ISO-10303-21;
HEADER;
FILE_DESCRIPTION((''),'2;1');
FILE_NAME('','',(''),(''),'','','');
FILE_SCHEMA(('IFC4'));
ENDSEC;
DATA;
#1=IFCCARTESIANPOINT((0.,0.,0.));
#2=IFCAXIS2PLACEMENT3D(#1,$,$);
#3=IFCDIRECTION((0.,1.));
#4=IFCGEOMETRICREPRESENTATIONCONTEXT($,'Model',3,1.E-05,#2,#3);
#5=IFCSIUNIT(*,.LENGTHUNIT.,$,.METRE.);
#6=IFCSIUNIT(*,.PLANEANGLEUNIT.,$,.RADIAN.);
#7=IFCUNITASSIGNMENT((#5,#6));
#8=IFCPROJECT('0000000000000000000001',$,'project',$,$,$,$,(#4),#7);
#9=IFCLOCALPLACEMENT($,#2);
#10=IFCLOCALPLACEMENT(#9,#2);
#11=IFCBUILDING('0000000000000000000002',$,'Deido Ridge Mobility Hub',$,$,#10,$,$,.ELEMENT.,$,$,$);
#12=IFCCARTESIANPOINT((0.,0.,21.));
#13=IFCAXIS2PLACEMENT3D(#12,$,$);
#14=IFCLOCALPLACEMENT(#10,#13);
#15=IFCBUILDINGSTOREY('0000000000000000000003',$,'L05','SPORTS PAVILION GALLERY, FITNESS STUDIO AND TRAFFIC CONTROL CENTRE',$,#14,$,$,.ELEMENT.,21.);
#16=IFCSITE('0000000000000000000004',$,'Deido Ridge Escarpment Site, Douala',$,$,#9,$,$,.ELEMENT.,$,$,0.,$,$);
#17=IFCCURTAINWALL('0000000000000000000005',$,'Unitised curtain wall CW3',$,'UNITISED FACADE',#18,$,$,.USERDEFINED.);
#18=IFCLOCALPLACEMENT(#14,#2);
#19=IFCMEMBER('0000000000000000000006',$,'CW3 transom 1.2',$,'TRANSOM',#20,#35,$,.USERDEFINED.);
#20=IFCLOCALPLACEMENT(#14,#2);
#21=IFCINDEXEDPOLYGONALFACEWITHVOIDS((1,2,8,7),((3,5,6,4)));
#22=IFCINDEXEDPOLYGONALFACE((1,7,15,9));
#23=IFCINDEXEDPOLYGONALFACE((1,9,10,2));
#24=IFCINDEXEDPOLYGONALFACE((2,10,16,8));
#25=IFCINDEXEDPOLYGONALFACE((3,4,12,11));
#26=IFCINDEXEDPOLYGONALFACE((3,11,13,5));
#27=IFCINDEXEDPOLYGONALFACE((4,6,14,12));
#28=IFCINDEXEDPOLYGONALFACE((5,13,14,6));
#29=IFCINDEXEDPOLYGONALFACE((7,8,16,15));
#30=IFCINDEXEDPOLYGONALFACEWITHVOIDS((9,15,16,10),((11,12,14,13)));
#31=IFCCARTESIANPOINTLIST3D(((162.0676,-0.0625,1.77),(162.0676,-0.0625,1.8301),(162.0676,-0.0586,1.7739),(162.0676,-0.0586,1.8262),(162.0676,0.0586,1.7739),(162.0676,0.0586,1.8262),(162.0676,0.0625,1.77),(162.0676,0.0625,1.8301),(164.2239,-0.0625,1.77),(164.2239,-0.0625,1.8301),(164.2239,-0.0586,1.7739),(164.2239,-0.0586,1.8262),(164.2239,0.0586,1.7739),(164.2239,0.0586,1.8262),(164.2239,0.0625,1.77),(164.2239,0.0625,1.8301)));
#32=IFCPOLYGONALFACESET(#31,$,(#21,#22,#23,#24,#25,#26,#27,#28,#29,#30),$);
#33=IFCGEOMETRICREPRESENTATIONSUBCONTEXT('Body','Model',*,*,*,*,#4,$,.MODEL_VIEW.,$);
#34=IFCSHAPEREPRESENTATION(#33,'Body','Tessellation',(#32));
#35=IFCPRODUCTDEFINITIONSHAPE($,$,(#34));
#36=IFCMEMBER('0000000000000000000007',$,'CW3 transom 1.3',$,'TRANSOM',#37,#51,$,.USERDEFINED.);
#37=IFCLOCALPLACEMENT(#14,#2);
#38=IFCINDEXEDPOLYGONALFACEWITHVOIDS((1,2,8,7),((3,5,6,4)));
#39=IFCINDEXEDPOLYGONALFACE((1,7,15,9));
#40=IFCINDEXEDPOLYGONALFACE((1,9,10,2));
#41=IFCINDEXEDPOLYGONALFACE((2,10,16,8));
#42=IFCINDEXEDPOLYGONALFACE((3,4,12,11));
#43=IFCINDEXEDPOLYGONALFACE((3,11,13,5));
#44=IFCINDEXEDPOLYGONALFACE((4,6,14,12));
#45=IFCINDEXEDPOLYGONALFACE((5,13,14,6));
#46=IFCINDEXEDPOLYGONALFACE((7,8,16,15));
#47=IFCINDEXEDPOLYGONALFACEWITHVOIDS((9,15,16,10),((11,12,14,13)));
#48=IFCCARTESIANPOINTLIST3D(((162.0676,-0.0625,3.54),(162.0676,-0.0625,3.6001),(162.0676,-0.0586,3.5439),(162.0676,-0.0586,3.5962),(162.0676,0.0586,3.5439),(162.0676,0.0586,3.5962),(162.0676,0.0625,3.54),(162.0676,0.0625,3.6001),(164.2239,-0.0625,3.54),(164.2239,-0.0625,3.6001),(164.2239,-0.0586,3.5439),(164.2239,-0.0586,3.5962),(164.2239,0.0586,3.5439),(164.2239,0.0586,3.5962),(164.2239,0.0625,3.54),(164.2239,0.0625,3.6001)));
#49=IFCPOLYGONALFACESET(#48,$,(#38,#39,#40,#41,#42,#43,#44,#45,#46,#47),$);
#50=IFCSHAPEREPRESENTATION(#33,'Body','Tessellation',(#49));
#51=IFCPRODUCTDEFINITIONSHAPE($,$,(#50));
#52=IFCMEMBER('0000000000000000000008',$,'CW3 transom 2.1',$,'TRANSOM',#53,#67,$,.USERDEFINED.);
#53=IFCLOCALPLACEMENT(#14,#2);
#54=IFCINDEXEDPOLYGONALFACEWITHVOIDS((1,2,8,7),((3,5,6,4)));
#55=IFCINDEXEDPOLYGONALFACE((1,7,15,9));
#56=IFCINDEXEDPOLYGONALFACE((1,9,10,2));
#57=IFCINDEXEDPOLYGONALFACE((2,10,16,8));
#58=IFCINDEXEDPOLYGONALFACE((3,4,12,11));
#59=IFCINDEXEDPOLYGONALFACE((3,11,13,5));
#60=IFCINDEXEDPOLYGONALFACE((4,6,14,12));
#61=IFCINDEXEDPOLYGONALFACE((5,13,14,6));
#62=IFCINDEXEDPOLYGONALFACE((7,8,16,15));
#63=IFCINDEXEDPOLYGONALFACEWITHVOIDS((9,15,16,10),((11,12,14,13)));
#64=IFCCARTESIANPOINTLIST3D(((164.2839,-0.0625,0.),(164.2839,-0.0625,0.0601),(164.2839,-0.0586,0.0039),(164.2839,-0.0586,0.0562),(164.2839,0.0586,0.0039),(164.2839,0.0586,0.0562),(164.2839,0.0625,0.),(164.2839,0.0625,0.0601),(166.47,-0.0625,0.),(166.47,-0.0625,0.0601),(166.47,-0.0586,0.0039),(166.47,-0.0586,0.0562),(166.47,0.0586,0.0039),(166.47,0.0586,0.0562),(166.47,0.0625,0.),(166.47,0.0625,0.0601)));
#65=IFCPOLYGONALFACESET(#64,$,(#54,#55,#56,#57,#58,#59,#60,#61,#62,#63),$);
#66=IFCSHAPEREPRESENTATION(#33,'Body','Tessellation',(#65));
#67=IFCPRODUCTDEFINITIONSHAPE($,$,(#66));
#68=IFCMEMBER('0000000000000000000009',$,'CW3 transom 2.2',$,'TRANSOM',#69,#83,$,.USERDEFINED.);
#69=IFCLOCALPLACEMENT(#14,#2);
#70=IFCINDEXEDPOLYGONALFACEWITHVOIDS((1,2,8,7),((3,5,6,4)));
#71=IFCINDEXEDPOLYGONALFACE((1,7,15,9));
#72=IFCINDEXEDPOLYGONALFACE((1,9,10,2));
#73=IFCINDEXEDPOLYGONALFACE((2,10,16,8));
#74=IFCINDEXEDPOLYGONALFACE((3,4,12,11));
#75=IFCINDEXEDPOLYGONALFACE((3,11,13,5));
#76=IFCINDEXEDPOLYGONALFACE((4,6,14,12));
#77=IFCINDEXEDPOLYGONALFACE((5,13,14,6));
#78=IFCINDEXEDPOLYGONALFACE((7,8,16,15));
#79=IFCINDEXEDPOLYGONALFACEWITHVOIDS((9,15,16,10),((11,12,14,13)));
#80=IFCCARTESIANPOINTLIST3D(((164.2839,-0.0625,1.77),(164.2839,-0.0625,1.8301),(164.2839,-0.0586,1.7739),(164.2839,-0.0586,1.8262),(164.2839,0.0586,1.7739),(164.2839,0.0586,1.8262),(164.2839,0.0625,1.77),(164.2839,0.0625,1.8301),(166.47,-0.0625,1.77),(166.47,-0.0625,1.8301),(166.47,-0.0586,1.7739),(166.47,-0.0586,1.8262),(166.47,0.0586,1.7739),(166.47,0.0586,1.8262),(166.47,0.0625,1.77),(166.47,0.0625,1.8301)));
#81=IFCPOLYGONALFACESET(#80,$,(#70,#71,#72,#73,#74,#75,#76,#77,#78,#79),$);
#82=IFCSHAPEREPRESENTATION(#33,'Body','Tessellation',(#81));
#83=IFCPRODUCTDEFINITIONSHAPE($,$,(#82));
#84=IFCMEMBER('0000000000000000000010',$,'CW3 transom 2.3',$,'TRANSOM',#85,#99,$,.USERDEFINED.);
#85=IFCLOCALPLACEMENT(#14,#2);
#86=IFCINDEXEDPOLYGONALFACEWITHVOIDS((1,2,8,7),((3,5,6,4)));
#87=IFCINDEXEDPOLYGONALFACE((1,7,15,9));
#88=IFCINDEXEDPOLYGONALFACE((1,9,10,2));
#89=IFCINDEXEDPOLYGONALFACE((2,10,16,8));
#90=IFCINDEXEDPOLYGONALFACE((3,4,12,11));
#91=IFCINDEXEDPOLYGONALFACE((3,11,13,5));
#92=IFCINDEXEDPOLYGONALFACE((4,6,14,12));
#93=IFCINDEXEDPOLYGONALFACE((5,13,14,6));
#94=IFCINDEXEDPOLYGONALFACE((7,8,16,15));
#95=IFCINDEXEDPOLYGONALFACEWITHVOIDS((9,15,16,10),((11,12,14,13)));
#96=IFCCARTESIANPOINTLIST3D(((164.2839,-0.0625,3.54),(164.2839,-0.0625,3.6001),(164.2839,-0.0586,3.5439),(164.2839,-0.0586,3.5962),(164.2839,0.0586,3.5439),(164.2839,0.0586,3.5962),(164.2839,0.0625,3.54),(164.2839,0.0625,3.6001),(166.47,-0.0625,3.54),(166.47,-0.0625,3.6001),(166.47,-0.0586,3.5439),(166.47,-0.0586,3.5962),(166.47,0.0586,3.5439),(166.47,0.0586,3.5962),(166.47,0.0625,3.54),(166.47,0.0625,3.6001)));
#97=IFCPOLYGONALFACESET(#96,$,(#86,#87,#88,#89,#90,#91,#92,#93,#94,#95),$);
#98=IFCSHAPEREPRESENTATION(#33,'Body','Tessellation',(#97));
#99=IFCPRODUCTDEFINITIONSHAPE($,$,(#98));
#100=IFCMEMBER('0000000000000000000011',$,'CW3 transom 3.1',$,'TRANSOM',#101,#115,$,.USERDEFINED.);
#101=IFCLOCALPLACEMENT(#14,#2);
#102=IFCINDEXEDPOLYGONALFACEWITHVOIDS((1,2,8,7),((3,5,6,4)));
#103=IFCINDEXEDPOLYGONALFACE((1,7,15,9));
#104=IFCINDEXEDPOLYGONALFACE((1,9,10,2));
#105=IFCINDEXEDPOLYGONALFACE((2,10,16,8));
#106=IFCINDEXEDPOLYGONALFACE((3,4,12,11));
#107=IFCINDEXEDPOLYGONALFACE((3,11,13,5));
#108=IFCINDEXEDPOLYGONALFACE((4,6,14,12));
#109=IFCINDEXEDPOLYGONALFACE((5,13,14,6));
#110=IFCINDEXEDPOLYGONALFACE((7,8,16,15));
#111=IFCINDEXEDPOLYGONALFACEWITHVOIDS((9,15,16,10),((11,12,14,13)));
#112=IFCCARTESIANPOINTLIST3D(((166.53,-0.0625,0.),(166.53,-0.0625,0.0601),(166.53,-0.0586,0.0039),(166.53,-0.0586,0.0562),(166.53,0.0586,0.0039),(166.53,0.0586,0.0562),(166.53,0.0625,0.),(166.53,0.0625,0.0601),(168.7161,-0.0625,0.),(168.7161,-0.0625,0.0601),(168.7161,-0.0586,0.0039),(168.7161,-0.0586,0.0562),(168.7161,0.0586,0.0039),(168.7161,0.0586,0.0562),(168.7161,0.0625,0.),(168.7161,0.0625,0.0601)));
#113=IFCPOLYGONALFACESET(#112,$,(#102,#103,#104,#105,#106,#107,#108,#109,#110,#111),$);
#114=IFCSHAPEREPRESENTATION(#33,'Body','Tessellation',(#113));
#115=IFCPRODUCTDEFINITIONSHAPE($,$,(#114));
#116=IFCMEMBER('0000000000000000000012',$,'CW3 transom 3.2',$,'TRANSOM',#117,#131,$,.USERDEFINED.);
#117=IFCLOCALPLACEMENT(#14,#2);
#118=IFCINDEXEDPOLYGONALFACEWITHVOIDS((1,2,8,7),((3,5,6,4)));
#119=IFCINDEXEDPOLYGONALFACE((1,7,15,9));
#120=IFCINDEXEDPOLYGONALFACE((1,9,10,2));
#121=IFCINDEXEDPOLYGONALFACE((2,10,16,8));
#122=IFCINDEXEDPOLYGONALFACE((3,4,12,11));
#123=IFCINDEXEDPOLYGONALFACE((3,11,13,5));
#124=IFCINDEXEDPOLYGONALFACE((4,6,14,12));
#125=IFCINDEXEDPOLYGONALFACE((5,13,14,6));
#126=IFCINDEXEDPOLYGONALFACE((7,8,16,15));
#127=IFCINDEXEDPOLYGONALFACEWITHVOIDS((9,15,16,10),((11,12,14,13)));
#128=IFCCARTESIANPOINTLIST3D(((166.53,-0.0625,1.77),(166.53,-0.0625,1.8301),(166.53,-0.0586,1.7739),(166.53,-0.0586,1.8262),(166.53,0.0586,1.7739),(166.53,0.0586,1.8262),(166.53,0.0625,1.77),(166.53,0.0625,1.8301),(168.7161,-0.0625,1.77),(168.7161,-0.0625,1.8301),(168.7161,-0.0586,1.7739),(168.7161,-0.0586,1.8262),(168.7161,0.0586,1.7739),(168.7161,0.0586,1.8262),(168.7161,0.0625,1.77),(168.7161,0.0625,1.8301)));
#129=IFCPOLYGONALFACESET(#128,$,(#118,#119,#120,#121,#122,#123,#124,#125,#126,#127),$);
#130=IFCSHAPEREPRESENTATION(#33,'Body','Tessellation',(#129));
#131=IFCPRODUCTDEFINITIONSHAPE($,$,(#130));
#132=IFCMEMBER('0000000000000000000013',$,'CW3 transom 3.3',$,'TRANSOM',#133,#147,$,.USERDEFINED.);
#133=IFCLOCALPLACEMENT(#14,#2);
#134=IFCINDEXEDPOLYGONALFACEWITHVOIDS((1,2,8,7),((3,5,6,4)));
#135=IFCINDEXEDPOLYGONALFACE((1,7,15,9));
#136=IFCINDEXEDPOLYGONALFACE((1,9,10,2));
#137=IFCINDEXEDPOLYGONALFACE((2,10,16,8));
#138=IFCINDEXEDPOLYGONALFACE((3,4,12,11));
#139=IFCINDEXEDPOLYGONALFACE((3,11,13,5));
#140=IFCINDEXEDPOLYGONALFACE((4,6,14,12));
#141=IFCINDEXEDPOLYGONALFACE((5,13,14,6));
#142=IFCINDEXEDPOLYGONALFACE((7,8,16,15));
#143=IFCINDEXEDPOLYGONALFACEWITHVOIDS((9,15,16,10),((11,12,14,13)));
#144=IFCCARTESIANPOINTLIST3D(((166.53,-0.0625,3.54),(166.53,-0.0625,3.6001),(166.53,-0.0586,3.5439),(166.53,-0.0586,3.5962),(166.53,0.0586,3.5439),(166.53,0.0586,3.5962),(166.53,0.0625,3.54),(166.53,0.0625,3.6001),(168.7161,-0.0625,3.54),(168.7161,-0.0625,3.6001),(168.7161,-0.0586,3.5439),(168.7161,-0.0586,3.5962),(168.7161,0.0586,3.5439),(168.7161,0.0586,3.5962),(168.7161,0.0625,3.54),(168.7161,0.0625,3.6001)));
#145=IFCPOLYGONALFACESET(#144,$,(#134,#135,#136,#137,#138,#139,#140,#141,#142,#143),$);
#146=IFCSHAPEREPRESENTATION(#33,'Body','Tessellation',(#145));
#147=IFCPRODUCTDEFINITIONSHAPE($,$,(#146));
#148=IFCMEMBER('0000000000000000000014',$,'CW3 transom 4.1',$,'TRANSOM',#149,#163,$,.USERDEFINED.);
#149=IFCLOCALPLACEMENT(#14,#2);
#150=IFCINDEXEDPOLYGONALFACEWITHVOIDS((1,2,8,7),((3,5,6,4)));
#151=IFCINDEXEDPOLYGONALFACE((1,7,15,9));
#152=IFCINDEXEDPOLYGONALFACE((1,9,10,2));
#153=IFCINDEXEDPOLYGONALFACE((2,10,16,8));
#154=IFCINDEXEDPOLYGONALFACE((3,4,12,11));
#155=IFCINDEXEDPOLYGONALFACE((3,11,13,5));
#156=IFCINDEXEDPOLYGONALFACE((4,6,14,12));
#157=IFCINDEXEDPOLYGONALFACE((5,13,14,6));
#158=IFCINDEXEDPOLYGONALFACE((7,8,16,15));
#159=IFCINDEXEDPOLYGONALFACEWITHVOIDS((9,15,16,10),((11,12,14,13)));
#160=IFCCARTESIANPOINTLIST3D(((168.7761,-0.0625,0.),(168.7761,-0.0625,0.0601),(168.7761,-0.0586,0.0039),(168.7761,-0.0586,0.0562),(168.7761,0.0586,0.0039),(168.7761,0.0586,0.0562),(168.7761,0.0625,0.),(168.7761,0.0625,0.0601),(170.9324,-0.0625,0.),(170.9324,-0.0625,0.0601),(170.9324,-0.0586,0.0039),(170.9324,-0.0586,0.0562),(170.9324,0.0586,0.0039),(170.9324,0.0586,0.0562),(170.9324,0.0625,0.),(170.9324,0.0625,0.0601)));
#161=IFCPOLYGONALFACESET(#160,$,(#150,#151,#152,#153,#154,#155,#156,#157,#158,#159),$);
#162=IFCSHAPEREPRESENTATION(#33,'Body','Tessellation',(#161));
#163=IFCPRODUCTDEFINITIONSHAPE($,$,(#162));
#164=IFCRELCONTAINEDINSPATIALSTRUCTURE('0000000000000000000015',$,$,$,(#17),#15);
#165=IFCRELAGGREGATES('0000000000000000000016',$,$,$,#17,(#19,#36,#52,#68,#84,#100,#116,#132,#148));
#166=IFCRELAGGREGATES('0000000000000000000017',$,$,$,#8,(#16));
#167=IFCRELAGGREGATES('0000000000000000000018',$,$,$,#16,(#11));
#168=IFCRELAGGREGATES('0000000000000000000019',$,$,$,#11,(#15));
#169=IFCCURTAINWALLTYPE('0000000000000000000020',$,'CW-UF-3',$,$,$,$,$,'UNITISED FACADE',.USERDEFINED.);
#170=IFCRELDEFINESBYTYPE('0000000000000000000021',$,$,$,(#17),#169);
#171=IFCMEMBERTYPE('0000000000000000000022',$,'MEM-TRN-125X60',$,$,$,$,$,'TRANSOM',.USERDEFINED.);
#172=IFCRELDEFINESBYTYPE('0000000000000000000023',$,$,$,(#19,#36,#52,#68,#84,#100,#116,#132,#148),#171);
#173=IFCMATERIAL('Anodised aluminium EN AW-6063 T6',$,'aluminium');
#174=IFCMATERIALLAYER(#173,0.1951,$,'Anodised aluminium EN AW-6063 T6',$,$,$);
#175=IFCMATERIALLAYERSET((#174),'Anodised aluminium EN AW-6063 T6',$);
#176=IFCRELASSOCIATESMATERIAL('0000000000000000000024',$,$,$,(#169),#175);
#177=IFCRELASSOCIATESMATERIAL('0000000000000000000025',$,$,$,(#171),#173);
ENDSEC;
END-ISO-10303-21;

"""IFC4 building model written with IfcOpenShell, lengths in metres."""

from ifc_helpers import new_model, si_unit, direction, frame, origin, origin_2d, place, context, subcontext, project, spatial, hollow_rectangle, extrude, material, layer, layer_set, material_profile, profile_set, type_object, element, aggregate, save


model = new_model("IFC4")

# Units and contexts
model_context = context("Model", 3, precision=1e-05, world=origin(), true_north=direction((0.0, 1.0)))
body_context = subcontext(model_context, "Body", "Model", "MODEL_VIEW")
ifc_project = project(units=[si_unit("LENGTHUNIT", "METRE"), si_unit("PLANEANGLEUNIT", "RADIAN")], contexts=[model_context])

# Site, building, storey
site_placement = place(None, origin())
site = spatial("IfcSite", under=ifc_project, at=site_placement, Name="Deido Ridge Escarpment Site, Douala", CompositionType="ELEMENT", RefElevation=0.0)
building_placement = place(site_placement, origin())
building = spatial("IfcBuilding", under=site, at=building_placement, Name="Deido Ridge Mobility Hub", CompositionType="ELEMENT")
storey_placement = place(building_placement, frame((0.0, 0.0, 21.0)))
storey = spatial("IfcBuildingStorey", under=building, at=storey_placement, Name="L05", Description="SPORTS PAVILION GALLERY, FITNESS STUDIO AND TRAFFIC CONTROL CENTRE", CompositionType="ELEMENT", Elevation=21.0)

# Curtain wall, members
ifc_material_1 = material(Name="Anodised aluminium EN AW-6063 T6", Category="aluminium")
ifc_layer_1 = layer(ifc_material_1, 0.1951, Name="Anodised aluminium EN AW-6063 T6")
ifc_layer_set_1 = layer_set([ifc_layer_1], Name="Anodised aluminium EN AW-6063 T6")
curtain_wall_type = type_object("IfcCurtainWallType", Name="CW-UF-3", ElementType="UNITISED FACADE", PredefinedType="USERDEFINED", material=ifc_layer_set_1)
curtain_wall_placement = place(storey_placement, origin())
curtain_wall = element("IfcCurtainWall", 1, at=curtain_wall_placement, inside=storey, type_object=curtain_wall_type, Name="Unitised curtain wall CW3", ObjectType="UNITISED FACADE", PredefinedType="USERDEFINED")
ifc_material_profile_1 = material_profile(ifc_material_1, hollow_rectangle(XDim=0.125, YDim=0.0601, WallThickness=0.0039, at=origin_2d()), Name="RHS 125x60x4")
ifc_profile_set_1 = profile_set([ifc_material_profile_1], Name="Anodised aluminium EN AW-6063 T6")
member_type_1 = type_object("IfcMemberType", Name="MEM-TRN-125X60", ElementType="TRANSOM", PredefinedType="USERDEFINED", material=ifc_profile_set_1)
member_1_placement = place(storey_placement, frame((162.0676, 0.0, 1.8), z_axis=(1.0, 0.0, 0.0), x_axis=(0.0, 1.0, 0.0)))
member_1 = element("IfcMember", 2, at=member_1_placement, type_object=member_type_1, Name="CW3 transom 1.2", ObjectType="TRANSOM", PredefinedType="USERDEFINED", context=body_context, shape_type="SweptSolid", body=[
    extrude(hollow_rectangle(XDim=0.125, YDim=0.0601, WallThickness=0.0039, at=origin_2d()), origin(), (0.0, 0.0, 1.0), 2.1562),
])
member_2_placement = place(storey_placement, frame((162.0676, 0.0, 3.5701), z_axis=(1.0, 0.0, 0.0), x_axis=(0.0, 1.0, 0.0)))
member_2 = element("IfcMember", 3, at=member_2_placement, type_object=member_type_1, Name="CW3 transom 1.3", ObjectType="TRANSOM", PredefinedType="USERDEFINED", context=body_context, shape_type="SweptSolid", body=[
    extrude(hollow_rectangle(XDim=0.125, YDim=0.0601, WallThickness=0.0039, at=origin_2d()), origin(), (0.0, 0.0, 1.0), 2.1562),
])
member_3_placement = place(storey_placement, frame((164.2839, 0.0, 0.03), z_axis=(1.0, 0.0, 0.0), x_axis=(0.0, 1.0, 0.0)))
member_3 = element("IfcMember", 4, at=member_3_placement, type_object=member_type_1, Name="CW3 transom 2.1", ObjectType="TRANSOM", PredefinedType="USERDEFINED", context=body_context, shape_type="SweptSolid", body=[
    extrude(hollow_rectangle(XDim=0.125, YDim=0.0601, WallThickness=0.0039, at=origin_2d()), origin(), (0.0, 0.0, 1.0), 2.186),
])
member_4_placement = place(storey_placement, frame((164.2839, 0.0, 1.8), z_axis=(1.0, 0.0, 0.0), x_axis=(0.0, 1.0, 0.0)))
member_4 = element("IfcMember", 5, at=member_4_placement, type_object=member_type_1, Name="CW3 transom 2.2", ObjectType="TRANSOM", PredefinedType="USERDEFINED", context=body_context, shape_type="SweptSolid", body=[
    extrude(hollow_rectangle(XDim=0.125, YDim=0.0601, WallThickness=0.0039, at=origin_2d()), origin(), (0.0, 0.0, 1.0), 2.186),
])
member_5_placement = place(storey_placement, frame((164.2839, 0.0, 3.5701), z_axis=(1.0, 0.0, 0.0), x_axis=(0.0, 1.0, 0.0)))
member_5 = element("IfcMember", 6, at=member_5_placement, type_object=member_type_1, Name="CW3 transom 2.3", ObjectType="TRANSOM", PredefinedType="USERDEFINED", context=body_context, shape_type="SweptSolid", body=[
    extrude(hollow_rectangle(XDim=0.125, YDim=0.0601, WallThickness=0.0039, at=origin_2d()), origin(), (0.0, 0.0, 1.0), 2.186),
])
member_6_placement = place(storey_placement, frame((166.53, 0.0, 0.03), z_axis=(1.0, 0.0, 0.0), x_axis=(0.0, 1.0, 0.0)))
member_6 = element("IfcMember", 7, at=member_6_placement, type_object=member_type_1, Name="CW3 transom 3.1", ObjectType="TRANSOM", PredefinedType="USERDEFINED", context=body_context, shape_type="SweptSolid", body=[
    extrude(hollow_rectangle(XDim=0.125, YDim=0.0601, WallThickness=0.0039, at=origin_2d()), origin(), (0.0, 0.0, 1.0), 2.186),
])
member_7_placement = place(storey_placement, frame((166.53, 0.0, 1.8), z_axis=(1.0, 0.0, 0.0), x_axis=(0.0, 1.0, 0.0)))
member_7 = element("IfcMember", 8, at=member_7_placement, type_object=member_type_1, Name="CW3 transom 3.2", ObjectType="TRANSOM", PredefinedType="USERDEFINED", context=body_context, shape_type="SweptSolid", body=[
    extrude(hollow_rectangle(XDim=0.125, YDim=0.0601, WallThickness=0.0039, at=origin_2d()), origin(), (0.0, 0.0, 1.0), 2.186),
])
member_8_placement = place(storey_placement, frame((166.53, 0.0, 3.5701), z_axis=(1.0, 0.0, 0.0), x_axis=(0.0, 1.0, 0.0)))
member_8 = element("IfcMember", 9, at=member_8_placement, type_object=member_type_1, Name="CW3 transom 3.3", ObjectType="TRANSOM", PredefinedType="USERDEFINED", context=body_context, shape_type="SweptSolid", body=[
    extrude(hollow_rectangle(XDim=0.125, YDim=0.0601, WallThickness=0.0039, at=origin_2d()), origin(), (0.0, 0.0, 1.0), 2.186),
])
member_9_placement = place(storey_placement, frame((168.7761, 0.0, 0.03), z_axis=(1.0, 0.0, 0.0), x_axis=(0.0, 1.0, 0.0)))
member_9 = element("IfcMember", 10, at=member_9_placement, type_object=member_type_1, Name="CW3 transom 4.1", ObjectType="TRANSOM", PredefinedType="USERDEFINED", context=body_context, shape_type="SweptSolid", body=[
    extrude(hollow_rectangle(XDim=0.125, YDim=0.0601, WallThickness=0.0039, at=origin_2d()), origin(), (0.0, 0.0, 1.0), 2.1562),
])

aggregate(curtain_wall, [member_1, member_2, member_3, member_4, member_5, member_6, member_7, member_8, member_9])

save(model, "model.ifc")
